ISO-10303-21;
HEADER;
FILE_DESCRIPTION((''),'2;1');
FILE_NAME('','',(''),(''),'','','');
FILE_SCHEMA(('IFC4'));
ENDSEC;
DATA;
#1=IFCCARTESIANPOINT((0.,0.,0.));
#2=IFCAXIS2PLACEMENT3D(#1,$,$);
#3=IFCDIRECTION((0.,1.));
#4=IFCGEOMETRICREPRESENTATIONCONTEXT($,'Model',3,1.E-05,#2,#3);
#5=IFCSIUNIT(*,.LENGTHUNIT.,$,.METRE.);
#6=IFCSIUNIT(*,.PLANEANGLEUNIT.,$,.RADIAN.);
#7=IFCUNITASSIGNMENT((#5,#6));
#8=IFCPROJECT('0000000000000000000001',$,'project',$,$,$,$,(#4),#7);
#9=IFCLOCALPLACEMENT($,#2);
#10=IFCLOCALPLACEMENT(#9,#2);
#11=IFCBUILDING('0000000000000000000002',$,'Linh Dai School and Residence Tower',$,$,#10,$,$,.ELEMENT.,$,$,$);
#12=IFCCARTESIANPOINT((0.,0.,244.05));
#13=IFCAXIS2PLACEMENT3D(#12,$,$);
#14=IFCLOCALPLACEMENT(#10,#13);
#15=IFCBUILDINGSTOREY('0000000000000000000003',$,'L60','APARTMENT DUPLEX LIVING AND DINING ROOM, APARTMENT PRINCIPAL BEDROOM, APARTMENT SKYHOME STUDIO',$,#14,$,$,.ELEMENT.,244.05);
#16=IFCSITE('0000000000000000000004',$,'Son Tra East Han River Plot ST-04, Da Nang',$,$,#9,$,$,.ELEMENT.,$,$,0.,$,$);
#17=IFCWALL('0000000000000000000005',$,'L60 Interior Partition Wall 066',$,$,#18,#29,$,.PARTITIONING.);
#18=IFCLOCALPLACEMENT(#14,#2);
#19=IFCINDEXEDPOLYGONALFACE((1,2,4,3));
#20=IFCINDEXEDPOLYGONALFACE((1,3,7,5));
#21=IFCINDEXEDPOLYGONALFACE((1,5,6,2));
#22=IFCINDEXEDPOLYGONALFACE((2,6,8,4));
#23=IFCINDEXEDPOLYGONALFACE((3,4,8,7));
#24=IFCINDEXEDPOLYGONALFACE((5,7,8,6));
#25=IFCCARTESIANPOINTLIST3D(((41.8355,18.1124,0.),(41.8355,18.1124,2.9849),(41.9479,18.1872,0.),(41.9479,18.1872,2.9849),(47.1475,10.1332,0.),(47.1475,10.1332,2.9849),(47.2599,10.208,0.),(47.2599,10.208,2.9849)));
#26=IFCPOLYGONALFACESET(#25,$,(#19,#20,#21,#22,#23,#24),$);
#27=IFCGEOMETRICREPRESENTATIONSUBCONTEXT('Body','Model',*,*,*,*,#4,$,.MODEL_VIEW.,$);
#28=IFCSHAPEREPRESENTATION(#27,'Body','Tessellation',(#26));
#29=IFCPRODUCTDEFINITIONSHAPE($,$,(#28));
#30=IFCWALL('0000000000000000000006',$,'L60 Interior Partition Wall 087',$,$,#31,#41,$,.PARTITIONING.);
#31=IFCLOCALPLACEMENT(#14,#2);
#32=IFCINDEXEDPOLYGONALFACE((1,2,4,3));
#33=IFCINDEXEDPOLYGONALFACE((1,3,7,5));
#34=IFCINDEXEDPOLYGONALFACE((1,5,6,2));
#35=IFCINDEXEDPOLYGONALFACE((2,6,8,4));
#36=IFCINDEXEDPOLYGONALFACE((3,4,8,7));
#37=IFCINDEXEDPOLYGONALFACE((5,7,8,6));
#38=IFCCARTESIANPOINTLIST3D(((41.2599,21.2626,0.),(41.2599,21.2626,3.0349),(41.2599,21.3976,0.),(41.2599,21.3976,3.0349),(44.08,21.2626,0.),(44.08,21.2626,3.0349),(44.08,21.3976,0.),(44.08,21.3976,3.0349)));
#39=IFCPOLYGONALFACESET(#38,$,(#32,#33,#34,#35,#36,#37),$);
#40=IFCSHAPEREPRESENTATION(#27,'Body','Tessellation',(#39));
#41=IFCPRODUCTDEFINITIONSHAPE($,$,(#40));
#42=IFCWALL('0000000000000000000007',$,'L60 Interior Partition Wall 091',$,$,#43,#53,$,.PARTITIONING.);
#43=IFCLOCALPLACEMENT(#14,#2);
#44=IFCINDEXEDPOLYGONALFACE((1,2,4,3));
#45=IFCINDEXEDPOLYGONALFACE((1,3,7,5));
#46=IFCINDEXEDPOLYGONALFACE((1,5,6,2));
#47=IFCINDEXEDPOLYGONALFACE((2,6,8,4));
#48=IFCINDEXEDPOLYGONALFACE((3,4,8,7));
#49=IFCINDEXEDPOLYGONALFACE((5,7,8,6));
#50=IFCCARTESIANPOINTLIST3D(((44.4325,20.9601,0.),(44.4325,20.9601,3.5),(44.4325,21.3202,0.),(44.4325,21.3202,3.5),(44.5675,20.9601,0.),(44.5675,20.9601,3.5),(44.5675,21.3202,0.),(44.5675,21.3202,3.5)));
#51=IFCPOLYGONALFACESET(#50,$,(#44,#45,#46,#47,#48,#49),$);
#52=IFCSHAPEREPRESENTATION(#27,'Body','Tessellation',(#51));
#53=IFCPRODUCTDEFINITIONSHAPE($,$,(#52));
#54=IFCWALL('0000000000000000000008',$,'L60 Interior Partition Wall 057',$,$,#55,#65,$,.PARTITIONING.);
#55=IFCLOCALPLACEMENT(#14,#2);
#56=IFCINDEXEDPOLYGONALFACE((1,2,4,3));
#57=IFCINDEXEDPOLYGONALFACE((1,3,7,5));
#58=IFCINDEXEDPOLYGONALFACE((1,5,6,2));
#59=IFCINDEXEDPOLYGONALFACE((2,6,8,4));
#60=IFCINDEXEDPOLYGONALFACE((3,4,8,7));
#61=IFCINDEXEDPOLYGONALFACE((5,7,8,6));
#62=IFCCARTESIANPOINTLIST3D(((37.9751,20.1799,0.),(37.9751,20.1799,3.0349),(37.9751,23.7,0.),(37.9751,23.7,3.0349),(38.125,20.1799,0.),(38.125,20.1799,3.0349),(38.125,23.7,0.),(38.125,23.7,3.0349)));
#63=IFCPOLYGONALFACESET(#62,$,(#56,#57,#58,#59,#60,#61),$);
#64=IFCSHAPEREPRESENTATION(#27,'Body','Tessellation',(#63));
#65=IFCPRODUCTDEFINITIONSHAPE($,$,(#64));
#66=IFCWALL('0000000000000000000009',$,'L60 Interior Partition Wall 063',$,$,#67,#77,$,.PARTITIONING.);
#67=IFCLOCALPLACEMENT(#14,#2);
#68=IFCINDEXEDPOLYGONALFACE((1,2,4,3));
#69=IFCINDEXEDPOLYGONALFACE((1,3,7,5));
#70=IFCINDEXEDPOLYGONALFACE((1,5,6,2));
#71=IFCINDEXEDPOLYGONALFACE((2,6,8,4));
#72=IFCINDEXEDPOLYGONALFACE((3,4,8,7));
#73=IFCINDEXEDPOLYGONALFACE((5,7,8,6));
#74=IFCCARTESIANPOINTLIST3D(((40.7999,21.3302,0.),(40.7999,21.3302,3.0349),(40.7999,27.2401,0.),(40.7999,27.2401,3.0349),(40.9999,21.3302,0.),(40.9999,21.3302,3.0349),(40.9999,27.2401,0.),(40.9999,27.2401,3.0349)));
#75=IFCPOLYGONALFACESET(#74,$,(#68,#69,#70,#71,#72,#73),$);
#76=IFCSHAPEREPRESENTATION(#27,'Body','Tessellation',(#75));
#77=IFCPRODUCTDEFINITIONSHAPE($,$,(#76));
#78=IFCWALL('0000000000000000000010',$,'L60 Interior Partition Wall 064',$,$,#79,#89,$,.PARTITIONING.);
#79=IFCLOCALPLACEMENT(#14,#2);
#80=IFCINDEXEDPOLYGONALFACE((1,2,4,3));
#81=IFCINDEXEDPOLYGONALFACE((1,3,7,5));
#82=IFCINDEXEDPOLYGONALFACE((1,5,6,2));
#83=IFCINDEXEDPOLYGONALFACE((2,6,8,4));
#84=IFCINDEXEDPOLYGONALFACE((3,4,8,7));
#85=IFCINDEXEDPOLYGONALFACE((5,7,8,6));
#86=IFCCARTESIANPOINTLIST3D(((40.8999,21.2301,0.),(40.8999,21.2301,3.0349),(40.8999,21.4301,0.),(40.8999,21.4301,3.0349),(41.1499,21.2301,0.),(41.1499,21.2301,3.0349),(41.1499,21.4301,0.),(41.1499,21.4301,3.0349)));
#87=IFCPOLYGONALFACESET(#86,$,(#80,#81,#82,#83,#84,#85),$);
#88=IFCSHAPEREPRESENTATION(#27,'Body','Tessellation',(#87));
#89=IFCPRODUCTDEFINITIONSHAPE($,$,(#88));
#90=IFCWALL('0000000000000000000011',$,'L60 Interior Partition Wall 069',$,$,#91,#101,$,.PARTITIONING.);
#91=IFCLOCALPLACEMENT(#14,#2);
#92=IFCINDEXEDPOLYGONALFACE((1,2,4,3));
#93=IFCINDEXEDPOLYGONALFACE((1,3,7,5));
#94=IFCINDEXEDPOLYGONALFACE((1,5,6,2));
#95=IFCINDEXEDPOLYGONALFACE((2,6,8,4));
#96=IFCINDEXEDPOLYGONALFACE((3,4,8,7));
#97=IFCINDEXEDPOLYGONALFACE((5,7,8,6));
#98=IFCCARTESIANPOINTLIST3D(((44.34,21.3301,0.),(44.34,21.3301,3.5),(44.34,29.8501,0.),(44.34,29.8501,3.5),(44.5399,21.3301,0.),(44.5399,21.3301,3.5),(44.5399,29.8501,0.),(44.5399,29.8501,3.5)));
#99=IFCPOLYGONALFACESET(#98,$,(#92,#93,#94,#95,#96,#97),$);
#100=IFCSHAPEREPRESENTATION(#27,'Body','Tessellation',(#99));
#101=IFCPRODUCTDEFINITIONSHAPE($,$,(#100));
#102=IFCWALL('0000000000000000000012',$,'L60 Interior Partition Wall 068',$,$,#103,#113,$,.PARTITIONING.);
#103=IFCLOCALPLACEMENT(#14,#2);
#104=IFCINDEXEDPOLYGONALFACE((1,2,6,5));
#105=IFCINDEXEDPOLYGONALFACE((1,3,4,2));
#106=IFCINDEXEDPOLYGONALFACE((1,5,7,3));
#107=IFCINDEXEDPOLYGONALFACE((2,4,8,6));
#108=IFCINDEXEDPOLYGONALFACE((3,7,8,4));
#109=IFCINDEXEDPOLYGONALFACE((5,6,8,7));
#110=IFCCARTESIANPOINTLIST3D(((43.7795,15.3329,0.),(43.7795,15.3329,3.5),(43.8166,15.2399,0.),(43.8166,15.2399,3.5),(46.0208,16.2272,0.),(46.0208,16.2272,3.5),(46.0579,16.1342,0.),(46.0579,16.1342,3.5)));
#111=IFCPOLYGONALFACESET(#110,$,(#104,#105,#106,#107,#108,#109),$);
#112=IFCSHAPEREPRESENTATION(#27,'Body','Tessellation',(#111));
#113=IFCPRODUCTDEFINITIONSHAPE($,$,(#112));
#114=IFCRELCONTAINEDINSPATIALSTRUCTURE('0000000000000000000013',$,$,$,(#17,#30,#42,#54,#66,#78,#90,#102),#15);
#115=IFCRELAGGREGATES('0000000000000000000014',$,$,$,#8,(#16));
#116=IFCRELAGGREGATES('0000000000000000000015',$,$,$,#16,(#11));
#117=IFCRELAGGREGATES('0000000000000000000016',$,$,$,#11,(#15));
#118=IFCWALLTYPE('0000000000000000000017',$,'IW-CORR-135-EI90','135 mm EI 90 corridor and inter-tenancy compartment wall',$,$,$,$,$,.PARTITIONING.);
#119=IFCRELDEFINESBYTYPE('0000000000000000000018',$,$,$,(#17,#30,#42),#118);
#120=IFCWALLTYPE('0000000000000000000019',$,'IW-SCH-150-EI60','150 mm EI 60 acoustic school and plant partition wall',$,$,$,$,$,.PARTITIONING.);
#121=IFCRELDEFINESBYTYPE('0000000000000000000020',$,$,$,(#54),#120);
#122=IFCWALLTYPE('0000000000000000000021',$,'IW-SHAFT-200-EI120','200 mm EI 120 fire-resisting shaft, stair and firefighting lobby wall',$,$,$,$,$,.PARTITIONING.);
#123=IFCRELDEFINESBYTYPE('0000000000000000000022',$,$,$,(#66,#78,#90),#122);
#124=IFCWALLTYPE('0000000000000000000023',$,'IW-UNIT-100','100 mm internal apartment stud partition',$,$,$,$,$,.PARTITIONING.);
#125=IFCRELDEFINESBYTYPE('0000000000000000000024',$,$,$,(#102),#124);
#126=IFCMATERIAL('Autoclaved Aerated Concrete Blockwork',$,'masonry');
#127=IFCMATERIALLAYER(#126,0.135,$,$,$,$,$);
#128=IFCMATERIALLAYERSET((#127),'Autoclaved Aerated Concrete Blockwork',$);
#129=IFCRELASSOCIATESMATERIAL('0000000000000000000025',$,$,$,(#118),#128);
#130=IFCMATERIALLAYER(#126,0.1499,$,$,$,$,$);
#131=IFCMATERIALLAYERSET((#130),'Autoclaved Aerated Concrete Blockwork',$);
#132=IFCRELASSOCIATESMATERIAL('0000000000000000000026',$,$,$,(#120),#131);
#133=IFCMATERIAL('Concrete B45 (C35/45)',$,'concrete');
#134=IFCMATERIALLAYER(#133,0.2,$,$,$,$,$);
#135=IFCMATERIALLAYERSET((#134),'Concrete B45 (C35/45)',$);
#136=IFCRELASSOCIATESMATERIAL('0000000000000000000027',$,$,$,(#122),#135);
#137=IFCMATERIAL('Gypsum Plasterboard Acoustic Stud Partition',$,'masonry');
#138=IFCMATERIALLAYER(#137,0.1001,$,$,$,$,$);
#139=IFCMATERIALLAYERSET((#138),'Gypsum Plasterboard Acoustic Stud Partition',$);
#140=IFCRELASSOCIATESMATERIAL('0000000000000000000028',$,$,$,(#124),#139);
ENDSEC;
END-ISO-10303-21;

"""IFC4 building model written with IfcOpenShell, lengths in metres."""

from ifc_helpers import new_model, si_unit, direction, frame, frame_2d, origin, place, context, subcontext, project, spatial, rectangle, extrude, material, layer, layer_set, type_object, element, save


model = new_model("IFC4")

# Units and contexts
model_context = context("Model", 3, precision=1e-05, world=origin(), true_north=direction((0.0, 1.0)))
body_context = subcontext(model_context, "Body", "Model", "MODEL_VIEW")
ifc_project = project(units=[si_unit("LENGTHUNIT", "METRE"), si_unit("PLANEANGLEUNIT", "RADIAN")], contexts=[model_context])

# Site, building, storey
site_placement = place(None, origin())
site = spatial("IfcSite", under=ifc_project, at=site_placement, Name="Son Tra East Han River Plot ST-04, Da Nang", CompositionType="ELEMENT", RefElevation=0.0)
building_placement = place(site_placement, origin())
building = spatial("IfcBuilding", under=site, at=building_placement, Name="Linh Dai School and Residence Tower", CompositionType="ELEMENT")
storey_placement = place(building_placement, frame((0.0, 0.0, 244.05)))
storey = spatial("IfcBuildingStorey", under=building, at=storey_placement, Name="L60", Description="APARTMENT DUPLEX LIVING AND DINING ROOM, APARTMENT PRINCIPAL BEDROOM, APARTMENT SKYHOME STUDIO", CompositionType="ELEMENT", Elevation=244.05)

# Walls
ifc_material_1 = material(Name="Autoclaved Aerated Concrete Blockwork", Category="masonry")
ifc_layer_1 = layer(ifc_material_1, 0.135)
ifc_layer_set_1 = layer_set([ifc_layer_1], Name="Autoclaved Aerated Concrete Blockwork")
wall_type_1 = type_object("IfcWallType", Name="IW-CORR-135-EI90", Description="135 mm EI 90 corridor and inter-tenancy compartment wall", PredefinedType="PARTITIONING", material=ifc_layer_set_1)
wall_1_placement = place(storey_placement, frame((41.8916, 18.1499, 0.0), z_axis=(0.0, 0.0, 1.0), x_axis=(0.554159, -0.832411, 0.0)))
element("IfcWall", 1, at=wall_1_placement, inside=storey, type_object=wall_type_1, Name="L60 Interior Partition Wall 066", PredefinedType="PARTITIONING", context=body_context, shape_type="SweptSolid", body=[
    extrude(rectangle(XDim=9.5857, YDim=0.135, at=frame_2d((4.793, 0.0))), origin(), (0.0, 0.0, 1.0), 2.9849),
])
wall_2_placement = place(storey_placement, frame((44.0801, 21.3301, 0.0), z_axis=(0.0, 0.0, 1.0), x_axis=(-1.0, 0.0, 0.0)))
element("IfcWall", 2, at=wall_2_placement, inside=storey, type_object=wall_type_1, Name="L60 Interior Partition Wall 087", PredefinedType="PARTITIONING", context=body_context, shape_type="SweptSolid", body=[
    extrude(rectangle(XDim=2.8201, YDim=0.135, at=frame_2d((1.4102, 0.0))), origin(), (0.0, 0.0, 1.0), 3.0349),
])
wall_3_placement = place(storey_placement, frame((44.5, 20.96, 0.0), z_axis=(0.0, 0.0, 1.0), x_axis=(0.0, 1.0, 0.0)))
element("IfcWall", 3, at=wall_3_placement, inside=storey, type_object=wall_type_1, Name="L60 Interior Partition Wall 091", PredefinedType="PARTITIONING", context=body_context, shape_type="SweptSolid", body=[
    extrude(rectangle(XDim=0.3601, YDim=0.135, at=frame_2d((0.1802, 0.0))), origin(), (0.0, 0.0, 1.0), 3.5),
])
ifc_layer_2 = layer(ifc_material_1, 0.1499)
ifc_layer_set_2 = layer_set([ifc_layer_2], Name="Autoclaved Aerated Concrete Blockwork")
wall_type_2 = type_object("IfcWallType", Name="IW-SCH-150-EI60", Description="150 mm EI 60 acoustic school and plant partition wall", PredefinedType="PARTITIONING", material=ifc_layer_set_2)
wall_4_placement = place(storey_placement, frame((38.05, 20.1799, 0.0), z_axis=(0.0, 0.0, 1.0), x_axis=(0.0, 1.0, 0.0)))
element("IfcWall", 4, at=wall_4_placement, inside=storey, type_object=wall_type_2, Name="L60 Interior Partition Wall 057", PredefinedType="PARTITIONING", context=body_context, shape_type="SweptSolid", body=[
    extrude(rectangle(XDim=3.52, YDim=0.1499, at=frame_2d((1.76, 0.0))), origin(), (0.0, 0.0, 1.0), 3.0349),
])
ifc_material_2 = material(Name="Concrete B45 (C35/45)", Category="concrete")
ifc_layer_3 = layer(ifc_material_2, 0.2)
ifc_layer_set_3 = layer_set([ifc_layer_3], Name="Concrete B45 (C35/45)")
wall_type_3 = type_object("IfcWallType", Name="IW-SHAFT-200-EI120", Description="200 mm EI 120 fire-resisting shaft, stair and firefighting lobby wall", PredefinedType="PARTITIONING", material=ifc_layer_set_3)
wall_5_placement = place(storey_placement, frame((40.8999, 21.3301, 0.0), z_axis=(0.0, 0.0, 1.0), x_axis=(0.0, 1.0, 0.0)))
element("IfcWall", 5, at=wall_5_placement, inside=storey, type_object=wall_type_3, Name="L60 Interior Partition Wall 063", PredefinedType="PARTITIONING", context=body_context, shape_type="SweptSolid", body=[
    extrude(rectangle(XDim=5.9099, YDim=0.2, at=frame_2d((2.9551, 0.0))), origin(), (0.0, 0.0, 1.0), 3.0349),
])
wall_6_placement = place(storey_placement, frame((40.8999, 21.3301, 0.0), z_axis=(0.0, 0.0, 1.0), x_axis=(1.0, 0.0, 0.0)))
element("IfcWall", 6, at=wall_6_placement, inside=storey, type_object=wall_type_3, Name="L60 Interior Partition Wall 064", PredefinedType="PARTITIONING", context=body_context, shape_type="SweptSolid", body=[
    extrude(rectangle(XDim=0.25, YDim=0.2, at=frame_2d((0.125, 0.0))), origin(), (0.0, 0.0, 1.0), 3.0349),
])
wall_7_placement = place(storey_placement, frame((44.4399, 21.3301, 0.0), z_axis=(0.0, 0.0, 1.0), x_axis=(0.0, 1.0, 0.0)))
element("IfcWall", 7, at=wall_7_placement, inside=storey, type_object=wall_type_3, Name="L60 Interior Partition Wall 069", PredefinedType="PARTITIONING", context=body_context, shape_type="SweptSolid", body=[
    extrude(rectangle(XDim=8.52, YDim=0.2, at=frame_2d((4.26, 0.0))), origin(), (0.0, 0.0, 1.0), 3.5),
])
ifc_material_3 = material(Name="Gypsum Plasterboard Acoustic Stud Partition", Category="masonry")
ifc_layer_4 = layer(ifc_material_3, 0.1001)
ifc_layer_set_4 = layer_set([ifc_layer_4], Name="Gypsum Plasterboard Acoustic Stud Partition")
wall_type_4 = type_object("IfcWallType", Name="IW-UNIT-100", Description="100 mm internal apartment stud partition", PredefinedType="PARTITIONING", material=ifc_layer_set_4)
wall_8_placement = place(storey_placement, frame((43.7981, 15.2864, 0.0), z_axis=(0.0, 0.0, 1.0), x_axis=(0.92879, 0.370606, 0.0)))
element("IfcWall", 8, at=wall_8_placement, inside=storey, type_object=wall_type_4, Name="L60 Interior Partition Wall 068", PredefinedType="PARTITIONING", context=body_context, shape_type="SweptSolid", body=[
    extrude(rectangle(XDim=2.4131, YDim=0.1001, at=frame_2d((1.2065, 0.0))), origin(), (0.0, 0.0, 1.0), 3.5),
])

save(model, "model.ifc")
